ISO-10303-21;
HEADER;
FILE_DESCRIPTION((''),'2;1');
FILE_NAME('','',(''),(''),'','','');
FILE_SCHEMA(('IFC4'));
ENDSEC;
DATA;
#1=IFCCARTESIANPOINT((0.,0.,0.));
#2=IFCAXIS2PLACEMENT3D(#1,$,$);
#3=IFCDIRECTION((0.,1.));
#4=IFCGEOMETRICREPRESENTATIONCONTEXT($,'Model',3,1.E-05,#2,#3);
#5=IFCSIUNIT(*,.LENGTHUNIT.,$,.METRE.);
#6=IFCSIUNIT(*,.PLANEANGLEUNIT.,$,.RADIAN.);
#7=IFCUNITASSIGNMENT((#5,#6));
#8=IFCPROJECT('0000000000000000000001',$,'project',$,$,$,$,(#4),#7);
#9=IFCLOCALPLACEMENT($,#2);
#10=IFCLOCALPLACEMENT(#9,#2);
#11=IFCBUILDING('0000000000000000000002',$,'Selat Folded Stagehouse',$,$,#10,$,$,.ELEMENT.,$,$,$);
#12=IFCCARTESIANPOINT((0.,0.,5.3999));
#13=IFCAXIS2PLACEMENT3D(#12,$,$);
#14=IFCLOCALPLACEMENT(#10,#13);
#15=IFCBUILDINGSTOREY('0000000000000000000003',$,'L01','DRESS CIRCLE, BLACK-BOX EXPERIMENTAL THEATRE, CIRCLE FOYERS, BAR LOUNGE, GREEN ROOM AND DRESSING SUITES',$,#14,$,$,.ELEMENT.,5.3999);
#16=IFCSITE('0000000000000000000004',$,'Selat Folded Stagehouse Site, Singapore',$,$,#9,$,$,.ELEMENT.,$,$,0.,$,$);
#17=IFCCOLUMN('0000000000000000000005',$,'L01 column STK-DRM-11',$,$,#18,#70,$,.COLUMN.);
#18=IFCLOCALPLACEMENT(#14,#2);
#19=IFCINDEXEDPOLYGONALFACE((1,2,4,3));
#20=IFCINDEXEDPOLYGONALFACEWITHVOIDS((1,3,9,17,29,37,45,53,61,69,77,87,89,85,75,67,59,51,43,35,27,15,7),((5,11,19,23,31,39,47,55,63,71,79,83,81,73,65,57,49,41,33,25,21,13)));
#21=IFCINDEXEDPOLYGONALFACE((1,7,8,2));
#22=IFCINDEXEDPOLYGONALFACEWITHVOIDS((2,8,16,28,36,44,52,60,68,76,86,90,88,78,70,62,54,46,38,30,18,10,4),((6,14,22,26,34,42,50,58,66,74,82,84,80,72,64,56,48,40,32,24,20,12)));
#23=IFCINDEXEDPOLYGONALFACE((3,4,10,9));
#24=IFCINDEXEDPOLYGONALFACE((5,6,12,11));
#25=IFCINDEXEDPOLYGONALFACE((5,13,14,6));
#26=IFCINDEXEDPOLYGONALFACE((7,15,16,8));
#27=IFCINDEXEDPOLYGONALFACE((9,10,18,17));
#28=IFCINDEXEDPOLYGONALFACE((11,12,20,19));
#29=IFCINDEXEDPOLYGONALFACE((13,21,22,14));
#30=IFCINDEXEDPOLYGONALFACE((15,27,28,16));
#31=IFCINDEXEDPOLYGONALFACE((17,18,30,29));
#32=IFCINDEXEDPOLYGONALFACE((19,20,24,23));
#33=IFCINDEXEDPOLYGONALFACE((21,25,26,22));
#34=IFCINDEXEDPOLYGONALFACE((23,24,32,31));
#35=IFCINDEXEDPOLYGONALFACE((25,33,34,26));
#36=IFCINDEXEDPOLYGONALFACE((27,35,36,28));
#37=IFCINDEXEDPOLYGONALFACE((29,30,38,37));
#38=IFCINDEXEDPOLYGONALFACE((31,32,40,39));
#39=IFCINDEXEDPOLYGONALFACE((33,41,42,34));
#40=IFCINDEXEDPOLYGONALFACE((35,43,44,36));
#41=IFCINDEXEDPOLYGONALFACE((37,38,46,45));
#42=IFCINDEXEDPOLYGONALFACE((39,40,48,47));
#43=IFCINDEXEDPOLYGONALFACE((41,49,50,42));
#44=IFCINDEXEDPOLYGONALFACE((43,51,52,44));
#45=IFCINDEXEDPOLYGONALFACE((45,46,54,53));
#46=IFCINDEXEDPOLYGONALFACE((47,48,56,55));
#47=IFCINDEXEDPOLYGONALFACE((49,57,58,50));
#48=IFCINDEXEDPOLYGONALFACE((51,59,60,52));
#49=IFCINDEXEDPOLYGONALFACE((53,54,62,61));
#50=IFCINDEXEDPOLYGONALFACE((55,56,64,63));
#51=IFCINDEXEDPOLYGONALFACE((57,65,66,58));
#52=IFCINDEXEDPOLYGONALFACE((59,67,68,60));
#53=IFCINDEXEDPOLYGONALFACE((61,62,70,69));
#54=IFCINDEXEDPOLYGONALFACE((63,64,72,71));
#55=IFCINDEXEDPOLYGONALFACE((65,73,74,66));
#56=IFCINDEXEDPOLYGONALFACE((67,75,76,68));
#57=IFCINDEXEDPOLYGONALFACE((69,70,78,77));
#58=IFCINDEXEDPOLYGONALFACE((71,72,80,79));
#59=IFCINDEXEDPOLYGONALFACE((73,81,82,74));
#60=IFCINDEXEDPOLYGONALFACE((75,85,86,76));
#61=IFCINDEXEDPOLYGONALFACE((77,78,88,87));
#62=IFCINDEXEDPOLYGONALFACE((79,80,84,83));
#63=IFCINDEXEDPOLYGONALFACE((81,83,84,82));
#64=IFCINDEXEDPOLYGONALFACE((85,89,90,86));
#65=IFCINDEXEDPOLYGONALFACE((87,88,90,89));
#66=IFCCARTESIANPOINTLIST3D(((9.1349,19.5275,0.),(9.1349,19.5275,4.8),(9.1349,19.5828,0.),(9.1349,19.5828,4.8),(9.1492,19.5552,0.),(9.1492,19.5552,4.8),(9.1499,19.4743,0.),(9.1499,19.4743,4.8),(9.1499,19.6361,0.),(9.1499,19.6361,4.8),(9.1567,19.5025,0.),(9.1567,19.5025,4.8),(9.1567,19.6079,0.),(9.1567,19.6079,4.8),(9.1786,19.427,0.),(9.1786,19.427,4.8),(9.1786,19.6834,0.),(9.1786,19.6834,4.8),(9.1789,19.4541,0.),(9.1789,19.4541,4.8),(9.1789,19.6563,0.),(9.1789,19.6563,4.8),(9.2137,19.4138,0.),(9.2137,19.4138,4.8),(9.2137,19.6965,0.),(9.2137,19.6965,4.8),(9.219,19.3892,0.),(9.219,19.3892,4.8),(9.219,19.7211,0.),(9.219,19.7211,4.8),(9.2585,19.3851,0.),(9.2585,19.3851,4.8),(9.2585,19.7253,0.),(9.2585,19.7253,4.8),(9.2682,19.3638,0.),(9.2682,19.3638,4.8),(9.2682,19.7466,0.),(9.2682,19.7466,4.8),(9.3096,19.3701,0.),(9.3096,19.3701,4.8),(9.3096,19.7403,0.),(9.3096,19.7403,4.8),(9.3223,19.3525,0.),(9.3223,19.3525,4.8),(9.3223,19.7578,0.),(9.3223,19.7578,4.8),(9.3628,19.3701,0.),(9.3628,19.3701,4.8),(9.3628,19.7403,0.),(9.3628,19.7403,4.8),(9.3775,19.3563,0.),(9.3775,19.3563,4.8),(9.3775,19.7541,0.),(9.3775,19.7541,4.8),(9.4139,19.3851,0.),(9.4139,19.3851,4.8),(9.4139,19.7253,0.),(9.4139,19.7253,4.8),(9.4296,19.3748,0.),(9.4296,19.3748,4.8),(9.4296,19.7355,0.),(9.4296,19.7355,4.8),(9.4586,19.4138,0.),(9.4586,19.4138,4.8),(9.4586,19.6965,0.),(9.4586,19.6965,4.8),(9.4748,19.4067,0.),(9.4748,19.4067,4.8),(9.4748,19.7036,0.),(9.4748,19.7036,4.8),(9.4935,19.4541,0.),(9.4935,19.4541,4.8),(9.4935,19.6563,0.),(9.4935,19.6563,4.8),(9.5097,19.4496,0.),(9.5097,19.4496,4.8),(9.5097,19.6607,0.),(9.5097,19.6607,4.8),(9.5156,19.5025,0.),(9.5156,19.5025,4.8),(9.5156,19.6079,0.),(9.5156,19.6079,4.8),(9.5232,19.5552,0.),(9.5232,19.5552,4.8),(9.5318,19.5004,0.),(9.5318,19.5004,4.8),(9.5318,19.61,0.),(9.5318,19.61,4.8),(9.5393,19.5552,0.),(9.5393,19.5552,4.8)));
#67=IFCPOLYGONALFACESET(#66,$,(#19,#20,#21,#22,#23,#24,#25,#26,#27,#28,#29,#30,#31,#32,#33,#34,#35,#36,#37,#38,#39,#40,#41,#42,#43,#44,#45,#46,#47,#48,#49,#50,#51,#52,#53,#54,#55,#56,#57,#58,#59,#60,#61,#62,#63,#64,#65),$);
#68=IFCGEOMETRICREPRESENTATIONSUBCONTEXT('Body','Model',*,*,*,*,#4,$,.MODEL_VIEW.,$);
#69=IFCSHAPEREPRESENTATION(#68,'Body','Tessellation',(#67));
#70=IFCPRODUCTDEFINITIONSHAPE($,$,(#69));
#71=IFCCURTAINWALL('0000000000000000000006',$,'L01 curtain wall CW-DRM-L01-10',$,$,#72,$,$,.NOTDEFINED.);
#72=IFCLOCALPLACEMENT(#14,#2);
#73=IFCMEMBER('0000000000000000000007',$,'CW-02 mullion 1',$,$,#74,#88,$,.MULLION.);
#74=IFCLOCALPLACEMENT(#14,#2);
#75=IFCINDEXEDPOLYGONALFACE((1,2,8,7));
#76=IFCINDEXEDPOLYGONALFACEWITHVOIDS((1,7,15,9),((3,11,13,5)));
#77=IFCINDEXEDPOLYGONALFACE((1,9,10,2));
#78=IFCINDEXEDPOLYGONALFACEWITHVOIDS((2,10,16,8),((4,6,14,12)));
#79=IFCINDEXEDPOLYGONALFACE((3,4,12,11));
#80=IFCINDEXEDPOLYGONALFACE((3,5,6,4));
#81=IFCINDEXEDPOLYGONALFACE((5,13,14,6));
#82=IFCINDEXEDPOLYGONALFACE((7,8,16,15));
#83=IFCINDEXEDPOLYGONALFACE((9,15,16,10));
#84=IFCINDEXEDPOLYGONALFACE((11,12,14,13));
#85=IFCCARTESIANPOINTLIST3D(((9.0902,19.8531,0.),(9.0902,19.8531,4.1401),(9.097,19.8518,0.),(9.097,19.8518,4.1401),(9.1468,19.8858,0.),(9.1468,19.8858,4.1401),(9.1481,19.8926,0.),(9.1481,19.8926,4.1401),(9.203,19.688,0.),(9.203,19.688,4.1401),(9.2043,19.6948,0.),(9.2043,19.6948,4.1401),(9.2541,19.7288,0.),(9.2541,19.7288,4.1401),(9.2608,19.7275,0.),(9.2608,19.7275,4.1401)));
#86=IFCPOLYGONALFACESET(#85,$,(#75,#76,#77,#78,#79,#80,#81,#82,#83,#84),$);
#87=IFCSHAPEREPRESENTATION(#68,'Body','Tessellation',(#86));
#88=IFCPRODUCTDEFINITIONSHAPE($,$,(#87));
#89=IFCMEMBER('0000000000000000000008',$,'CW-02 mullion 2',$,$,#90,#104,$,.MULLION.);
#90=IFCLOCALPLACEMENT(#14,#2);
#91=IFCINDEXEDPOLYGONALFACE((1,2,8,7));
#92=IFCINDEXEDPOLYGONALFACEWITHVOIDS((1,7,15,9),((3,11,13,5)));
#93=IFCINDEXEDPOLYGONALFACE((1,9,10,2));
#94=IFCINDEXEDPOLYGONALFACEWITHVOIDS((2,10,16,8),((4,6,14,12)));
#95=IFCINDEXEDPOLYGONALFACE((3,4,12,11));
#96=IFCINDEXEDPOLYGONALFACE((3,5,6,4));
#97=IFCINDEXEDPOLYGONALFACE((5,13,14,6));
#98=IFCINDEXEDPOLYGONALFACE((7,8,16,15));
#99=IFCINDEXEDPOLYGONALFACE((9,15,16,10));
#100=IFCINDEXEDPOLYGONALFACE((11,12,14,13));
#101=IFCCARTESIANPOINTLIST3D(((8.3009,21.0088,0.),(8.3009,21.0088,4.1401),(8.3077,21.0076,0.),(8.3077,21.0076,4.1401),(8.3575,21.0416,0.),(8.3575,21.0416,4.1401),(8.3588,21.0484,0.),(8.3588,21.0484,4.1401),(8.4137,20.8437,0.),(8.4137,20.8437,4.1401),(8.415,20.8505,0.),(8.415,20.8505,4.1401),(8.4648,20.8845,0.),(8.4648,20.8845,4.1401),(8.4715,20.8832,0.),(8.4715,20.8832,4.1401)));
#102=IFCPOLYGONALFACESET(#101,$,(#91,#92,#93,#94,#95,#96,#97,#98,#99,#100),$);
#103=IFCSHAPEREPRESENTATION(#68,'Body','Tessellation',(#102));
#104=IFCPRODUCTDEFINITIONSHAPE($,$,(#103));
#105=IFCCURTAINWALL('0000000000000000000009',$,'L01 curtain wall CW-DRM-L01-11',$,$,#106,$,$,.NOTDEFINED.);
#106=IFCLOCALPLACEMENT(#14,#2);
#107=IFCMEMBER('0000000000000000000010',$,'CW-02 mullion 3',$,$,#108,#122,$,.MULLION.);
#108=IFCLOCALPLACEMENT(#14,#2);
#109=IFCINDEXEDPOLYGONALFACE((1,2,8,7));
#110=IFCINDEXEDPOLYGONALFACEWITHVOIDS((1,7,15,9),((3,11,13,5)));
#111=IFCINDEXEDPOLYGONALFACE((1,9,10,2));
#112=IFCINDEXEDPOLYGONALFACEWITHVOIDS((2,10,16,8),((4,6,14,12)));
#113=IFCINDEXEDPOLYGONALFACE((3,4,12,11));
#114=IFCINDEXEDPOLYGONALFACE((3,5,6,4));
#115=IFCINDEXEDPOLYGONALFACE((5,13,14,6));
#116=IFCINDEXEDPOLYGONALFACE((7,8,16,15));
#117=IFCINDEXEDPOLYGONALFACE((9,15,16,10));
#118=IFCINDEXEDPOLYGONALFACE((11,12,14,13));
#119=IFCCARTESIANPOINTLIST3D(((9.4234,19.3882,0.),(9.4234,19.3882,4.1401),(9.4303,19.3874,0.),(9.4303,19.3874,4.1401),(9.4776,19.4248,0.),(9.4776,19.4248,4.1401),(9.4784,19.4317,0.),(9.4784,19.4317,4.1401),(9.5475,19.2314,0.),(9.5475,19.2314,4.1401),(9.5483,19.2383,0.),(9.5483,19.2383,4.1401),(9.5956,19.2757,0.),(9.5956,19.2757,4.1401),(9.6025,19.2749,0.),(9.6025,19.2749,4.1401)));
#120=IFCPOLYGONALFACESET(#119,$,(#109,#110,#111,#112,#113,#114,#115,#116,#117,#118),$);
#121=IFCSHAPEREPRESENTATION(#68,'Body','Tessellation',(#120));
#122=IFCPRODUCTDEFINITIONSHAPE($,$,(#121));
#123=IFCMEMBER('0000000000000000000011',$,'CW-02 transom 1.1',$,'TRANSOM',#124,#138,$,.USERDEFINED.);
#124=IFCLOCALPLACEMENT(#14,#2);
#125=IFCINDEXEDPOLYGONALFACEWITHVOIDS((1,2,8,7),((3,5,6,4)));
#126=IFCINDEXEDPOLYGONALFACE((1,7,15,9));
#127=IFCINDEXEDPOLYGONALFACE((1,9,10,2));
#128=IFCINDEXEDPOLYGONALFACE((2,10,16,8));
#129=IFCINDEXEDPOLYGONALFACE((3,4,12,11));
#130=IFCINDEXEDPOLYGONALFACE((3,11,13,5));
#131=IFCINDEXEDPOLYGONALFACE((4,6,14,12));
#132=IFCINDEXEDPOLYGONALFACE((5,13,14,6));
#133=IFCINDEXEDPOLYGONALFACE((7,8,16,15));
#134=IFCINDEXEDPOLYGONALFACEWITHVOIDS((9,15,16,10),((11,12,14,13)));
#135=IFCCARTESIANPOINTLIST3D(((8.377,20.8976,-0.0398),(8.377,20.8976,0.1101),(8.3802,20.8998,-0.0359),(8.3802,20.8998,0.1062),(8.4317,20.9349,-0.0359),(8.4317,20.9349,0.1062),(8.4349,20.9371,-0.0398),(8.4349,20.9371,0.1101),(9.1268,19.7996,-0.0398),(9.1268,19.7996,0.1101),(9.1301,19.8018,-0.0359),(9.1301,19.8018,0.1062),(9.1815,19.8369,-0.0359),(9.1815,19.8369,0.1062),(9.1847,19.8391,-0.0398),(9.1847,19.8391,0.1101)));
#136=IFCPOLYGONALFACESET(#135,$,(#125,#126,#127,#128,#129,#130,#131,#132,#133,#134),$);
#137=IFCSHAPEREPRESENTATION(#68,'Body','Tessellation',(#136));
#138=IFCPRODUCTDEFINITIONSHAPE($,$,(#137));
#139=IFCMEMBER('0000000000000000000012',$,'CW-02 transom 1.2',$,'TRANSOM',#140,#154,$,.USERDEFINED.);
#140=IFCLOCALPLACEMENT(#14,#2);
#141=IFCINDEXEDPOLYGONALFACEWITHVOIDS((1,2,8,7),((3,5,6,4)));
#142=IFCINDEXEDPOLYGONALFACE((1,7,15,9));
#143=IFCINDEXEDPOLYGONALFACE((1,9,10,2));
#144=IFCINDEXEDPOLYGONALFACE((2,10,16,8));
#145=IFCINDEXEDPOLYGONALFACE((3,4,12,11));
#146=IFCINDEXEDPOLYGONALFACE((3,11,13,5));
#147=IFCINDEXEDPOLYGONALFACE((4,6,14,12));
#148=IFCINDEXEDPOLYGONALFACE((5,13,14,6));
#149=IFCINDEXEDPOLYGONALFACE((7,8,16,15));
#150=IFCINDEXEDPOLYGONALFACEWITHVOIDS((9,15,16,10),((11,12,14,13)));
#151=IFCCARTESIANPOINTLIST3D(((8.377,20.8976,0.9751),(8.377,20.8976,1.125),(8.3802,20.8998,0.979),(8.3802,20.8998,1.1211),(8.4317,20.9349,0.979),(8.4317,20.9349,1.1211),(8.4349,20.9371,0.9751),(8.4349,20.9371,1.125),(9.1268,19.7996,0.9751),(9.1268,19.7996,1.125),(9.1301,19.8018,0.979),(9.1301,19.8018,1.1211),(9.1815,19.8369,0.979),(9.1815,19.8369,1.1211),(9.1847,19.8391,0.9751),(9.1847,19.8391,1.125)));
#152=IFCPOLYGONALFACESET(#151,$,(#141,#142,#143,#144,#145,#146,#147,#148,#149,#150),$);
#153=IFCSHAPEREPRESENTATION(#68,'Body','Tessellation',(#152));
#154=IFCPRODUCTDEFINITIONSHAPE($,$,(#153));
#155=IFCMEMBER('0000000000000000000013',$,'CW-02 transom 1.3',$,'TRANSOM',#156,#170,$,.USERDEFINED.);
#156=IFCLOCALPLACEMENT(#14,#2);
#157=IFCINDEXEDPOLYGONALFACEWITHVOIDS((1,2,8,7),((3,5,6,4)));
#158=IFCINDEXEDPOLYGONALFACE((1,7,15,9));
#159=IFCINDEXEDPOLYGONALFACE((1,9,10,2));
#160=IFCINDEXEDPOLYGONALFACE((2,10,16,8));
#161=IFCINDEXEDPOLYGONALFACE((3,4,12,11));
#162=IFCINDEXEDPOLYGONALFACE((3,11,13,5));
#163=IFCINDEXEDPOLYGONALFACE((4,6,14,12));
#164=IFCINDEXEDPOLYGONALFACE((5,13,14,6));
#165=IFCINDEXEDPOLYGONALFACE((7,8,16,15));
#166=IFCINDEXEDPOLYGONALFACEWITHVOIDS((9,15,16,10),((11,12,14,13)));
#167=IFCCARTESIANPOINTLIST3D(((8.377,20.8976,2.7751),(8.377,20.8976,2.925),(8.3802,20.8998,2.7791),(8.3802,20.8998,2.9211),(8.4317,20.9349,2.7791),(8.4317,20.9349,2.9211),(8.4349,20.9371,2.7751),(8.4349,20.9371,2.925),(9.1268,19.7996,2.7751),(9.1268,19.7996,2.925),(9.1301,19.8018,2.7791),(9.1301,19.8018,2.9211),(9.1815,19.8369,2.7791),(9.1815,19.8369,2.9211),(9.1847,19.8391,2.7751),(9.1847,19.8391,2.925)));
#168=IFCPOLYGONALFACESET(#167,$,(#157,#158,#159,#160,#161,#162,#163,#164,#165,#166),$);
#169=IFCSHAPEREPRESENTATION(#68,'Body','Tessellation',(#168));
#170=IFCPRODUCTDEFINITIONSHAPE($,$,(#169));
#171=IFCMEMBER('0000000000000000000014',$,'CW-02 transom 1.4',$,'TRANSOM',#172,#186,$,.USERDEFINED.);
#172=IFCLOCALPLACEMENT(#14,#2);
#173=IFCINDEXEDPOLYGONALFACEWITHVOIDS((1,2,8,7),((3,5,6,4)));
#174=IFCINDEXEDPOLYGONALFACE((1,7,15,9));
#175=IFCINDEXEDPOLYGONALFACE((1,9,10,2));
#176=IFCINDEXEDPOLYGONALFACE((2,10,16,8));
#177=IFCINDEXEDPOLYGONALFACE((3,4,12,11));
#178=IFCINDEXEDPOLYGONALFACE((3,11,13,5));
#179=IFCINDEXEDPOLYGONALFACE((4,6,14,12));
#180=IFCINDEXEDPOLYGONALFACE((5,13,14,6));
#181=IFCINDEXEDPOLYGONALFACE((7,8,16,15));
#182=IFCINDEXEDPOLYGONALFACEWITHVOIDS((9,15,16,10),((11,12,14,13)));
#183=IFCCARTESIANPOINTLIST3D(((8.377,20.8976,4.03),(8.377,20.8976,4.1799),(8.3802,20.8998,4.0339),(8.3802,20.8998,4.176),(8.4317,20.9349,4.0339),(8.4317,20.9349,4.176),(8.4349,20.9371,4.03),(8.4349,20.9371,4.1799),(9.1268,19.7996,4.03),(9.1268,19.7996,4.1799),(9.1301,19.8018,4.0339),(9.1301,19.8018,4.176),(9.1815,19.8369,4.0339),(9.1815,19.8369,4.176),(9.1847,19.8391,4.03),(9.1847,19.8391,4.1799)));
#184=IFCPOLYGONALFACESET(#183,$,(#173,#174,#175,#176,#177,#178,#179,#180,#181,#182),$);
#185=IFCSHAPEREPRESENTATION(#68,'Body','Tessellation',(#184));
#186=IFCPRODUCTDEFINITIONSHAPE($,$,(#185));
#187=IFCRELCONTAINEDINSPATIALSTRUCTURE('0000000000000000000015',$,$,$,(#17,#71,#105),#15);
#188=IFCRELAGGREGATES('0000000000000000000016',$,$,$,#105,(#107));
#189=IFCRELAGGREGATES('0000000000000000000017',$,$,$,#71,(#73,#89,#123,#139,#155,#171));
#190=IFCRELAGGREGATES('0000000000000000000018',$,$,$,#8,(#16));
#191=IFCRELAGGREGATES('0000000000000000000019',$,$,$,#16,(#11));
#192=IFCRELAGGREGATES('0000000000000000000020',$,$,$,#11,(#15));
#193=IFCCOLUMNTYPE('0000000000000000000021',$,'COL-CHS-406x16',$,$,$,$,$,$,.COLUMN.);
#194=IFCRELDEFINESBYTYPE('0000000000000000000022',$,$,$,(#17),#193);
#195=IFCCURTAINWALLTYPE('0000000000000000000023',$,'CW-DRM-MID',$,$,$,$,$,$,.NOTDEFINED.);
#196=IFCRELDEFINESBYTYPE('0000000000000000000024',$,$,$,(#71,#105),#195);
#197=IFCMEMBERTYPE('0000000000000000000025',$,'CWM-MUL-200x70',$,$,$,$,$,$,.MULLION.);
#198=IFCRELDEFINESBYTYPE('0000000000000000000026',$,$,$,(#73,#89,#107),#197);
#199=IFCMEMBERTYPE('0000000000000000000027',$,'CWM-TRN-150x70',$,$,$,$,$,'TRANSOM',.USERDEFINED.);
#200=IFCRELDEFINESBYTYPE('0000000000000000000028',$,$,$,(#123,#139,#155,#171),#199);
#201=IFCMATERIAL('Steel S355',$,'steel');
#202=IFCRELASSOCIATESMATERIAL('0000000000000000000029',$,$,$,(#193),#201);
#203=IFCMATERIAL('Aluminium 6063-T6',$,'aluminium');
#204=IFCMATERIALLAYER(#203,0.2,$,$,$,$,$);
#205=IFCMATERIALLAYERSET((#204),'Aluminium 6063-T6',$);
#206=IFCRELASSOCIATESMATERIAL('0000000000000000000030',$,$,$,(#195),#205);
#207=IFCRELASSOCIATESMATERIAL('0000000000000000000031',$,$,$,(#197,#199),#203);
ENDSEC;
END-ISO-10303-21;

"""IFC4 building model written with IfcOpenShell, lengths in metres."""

from ifc_helpers import new_model, si_unit, direction, frame, origin, origin_2d, place, context, subcontext, project, spatial, hollow_rectangle, hollow_circle, extrude, material, layer, layer_set, material_profile, profile_set, type_object, element, aggregate, save


model = new_model("IFC4")

# Units and contexts
model_context = context("Model", 3, precision=1e-05, world=origin(), true_north=direction((0.0, 1.0)))
body_context = subcontext(model_context, "Body", "Model", "MODEL_VIEW")
ifc_project = project(units=[si_unit("LENGTHUNIT", "METRE"), si_unit("PLANEANGLEUNIT", "RADIAN")], contexts=[model_context])

# Site, building, storey
site_placement = place(None, origin())
site = spatial("IfcSite", under=ifc_project, at=site_placement, Name="Selat Folded Stagehouse Site, Singapore", CompositionType="ELEMENT", RefElevation=0.0)
building_placement = place(site_placement, origin())
building = spatial("IfcBuilding", under=site, at=building_placement, Name="Selat Folded Stagehouse", CompositionType="ELEMENT")
storey_placement = place(building_placement, frame((0.0, 0.0, 5.3999)))
storey = spatial("IfcBuildingStorey", under=building, at=storey_placement, Name="L01", Description="DRESS CIRCLE, BLACK-BOX EXPERIMENTAL THEATRE, CIRCLE FOYERS, BAR LOUNGE, GREEN ROOM AND DRESSING SUITES", CompositionType="ELEMENT", Elevation=5.3999)

# Column
ifc_material_1 = material(Name="Steel S355", Category="steel")
ifc_material_profile_1 = material_profile(ifc_material_1, hollow_circle(Radius=0.2031, WallThickness=0.0161, at=origin_2d()), Name="CHS 406.4x16.0")
ifc_profile_set_1 = profile_set([ifc_material_profile_1], Name="Steel S355")
column_type = type_object("IfcColumnType", Name="COL-CHS-406x16", PredefinedType="COLUMN", material=ifc_profile_set_1)
column_placement = place(storey_placement, frame((9.3362, 19.5552, 0.0), z_axis=(0.0, 0.0, 1.0), x_axis=(1.0, 0.0, 0.0)))
element("IfcColumn", 1, at=column_placement, inside=storey, type_object=column_type, Name="L01 column STK-DRM-11", PredefinedType="COLUMN", context=body_context, shape_type="SweptSolid", body=[
    extrude(hollow_circle(Radius=0.2031, WallThickness=0.0161, at=origin_2d()), origin(), (0.0, 0.0, 1.0), 4.8),
])

# Curtain wall, members
ifc_material_2 = material(Name="Aluminium 6063-T6", Category="aluminium")
ifc_layer_1 = layer(ifc_material_2, 0.2)
ifc_layer_set_1 = layer_set([ifc_layer_1], Name="Aluminium 6063-T6")
curtain_wall_type = type_object("IfcCurtainWallType", Name="CW-DRM-MID", PredefinedType="NOTDEFINED", material=ifc_layer_set_1)
curtain_wall_1_placement = place(storey_placement, origin())
curtain_wall_1 = element("IfcCurtainWall", 2, at=curtain_wall_1_placement, inside=storey, type_object=curtain_wall_type, Name="L01 curtain wall CW-DRM-L01-10", PredefinedType="NOTDEFINED")
ifc_material_profile_2 = material_profile(ifc_material_2, hollow_rectangle(XDim=0.0701, YDim=0.2, WallThickness=0.0049, at=origin_2d()), Name="ALU 200x70x5.0")
ifc_profile_set_2 = profile_set([ifc_material_profile_2], Name="Aluminium 6063-T6")
member_type_1 = type_object("IfcMemberType", Name="CWM-MUL-200x70", PredefinedType="MULLION", material=ifc_profile_set_2)
member_1_placement = place(storey_placement, frame((9.1755, 19.7903, 0.0), z_axis=(0.0, 0.0, 1.0), x_axis=(-0.82581, -0.563948, 0.0)))
member_1 = element("IfcMember", 3, at=member_1_placement, type_object=member_type_1, Name="CW-02 mullion 1", PredefinedType="MULLION", context=body_context, shape_type="SweptSolid", body=[
    extrude(hollow_rectangle(XDim=0.0701, YDim=0.2, WallThickness=0.0049, at=origin_2d()), origin(), (0.0, 0.0, 1.0), 4.1401),
])
member_2_placement = place(storey_placement, frame((8.3862, 20.946, 0.0), z_axis=(0.0, 0.0, 1.0), x_axis=(-0.82581, -0.563948, 0.0)))
member_2 = element("IfcMember", 4, at=member_2_placement, type_object=member_type_1, Name="CW-02 mullion 2", PredefinedType="MULLION", context=body_context, shape_type="SweptSolid", body=[
    extrude(hollow_rectangle(XDim=0.0701, YDim=0.2, WallThickness=0.0049, at=origin_2d()), origin(), (0.0, 0.0, 1.0), 4.1401),
])

# Curtain wall, member
curtain_wall_2_placement = place(storey_placement, origin())
curtain_wall_2 = element("IfcCurtainWall", 5, at=curtain_wall_2_placement, inside=storey, type_object=curtain_wall_type, Name="L01 curtain wall CW-DRM-L01-11", PredefinedType="NOTDEFINED")
member_3_placement = place(storey_placement, frame((9.5129, 19.3315, 0.0), z_axis=(0.0, 0.0, 1.0), x_axis=(-0.78418, -0.620533, 0.0)))
member_3 = element("IfcMember", 6, at=member_3_placement, type_object=member_type_1, Name="CW-02 mullion 3", PredefinedType="MULLION", context=body_context, shape_type="SweptSolid", body=[
    extrude(hollow_rectangle(XDim=0.0701, YDim=0.2, WallThickness=0.0049, at=origin_2d()), origin(), (0.0, 0.0, 1.0), 4.1401),
])
aggregate(curtain_wall_2, [member_3])

# Members
ifc_material_profile_3 = material_profile(ifc_material_2, hollow_rectangle(XDim=0.0701, YDim=0.1499, WallThickness=0.0039, at=origin_2d()), Name="ALU 150x70x4.0")
ifc_profile_set_3 = profile_set([ifc_material_profile_3], Name="Aluminium 6063-T6")
member_type_2 = type_object("IfcMemberType", Name="CWM-TRN-150x70", ElementType="TRANSOM", PredefinedType="USERDEFINED", material=ifc_profile_set_3)
member_4_placement = place(storey_placement, frame((9.1558, 19.8193, 0.0352), z_axis=(-0.563946, 0.825811, 0.0), x_axis=(-0.825811, -0.563946, 0.0)))
member_4 = element("IfcMember", 7, at=member_4_placement, type_object=member_type_2, Name="CW-02 transom 1.1", ObjectType="TRANSOM", PredefinedType="USERDEFINED", context=body_context, shape_type="SweptSolid", body=[
    extrude(hollow_rectangle(XDim=0.0701, YDim=0.1499, WallThickness=0.0039, at=origin_2d()), origin(), (0.0, 0.0, 1.0), 1.3296),
])
member_5_placement = place(storey_placement, frame((9.1558, 19.8193, 1.05), z_axis=(-0.563946, 0.825811, 0.0), x_axis=(-0.825811, -0.563946, 0.0)))
member_5 = element("IfcMember", 8, at=member_5_placement, type_object=member_type_2, Name="CW-02 transom 1.2", ObjectType="TRANSOM", PredefinedType="USERDEFINED", context=body_context, shape_type="SweptSolid", body=[
    extrude(hollow_rectangle(XDim=0.0701, YDim=0.1499, WallThickness=0.0039, at=origin_2d()), origin(), (0.0, 0.0, 1.0), 1.3296),
])
member_6_placement = place(storey_placement, frame((9.1558, 19.8193, 2.8501), z_axis=(-0.563946, 0.825811, 0.0), x_axis=(-0.825811, -0.563946, 0.0)))
member_6 = element("IfcMember", 9, at=member_6_placement, type_object=member_type_2, Name="CW-02 transom 1.3", ObjectType="TRANSOM", PredefinedType="USERDEFINED", context=body_context, shape_type="SweptSolid", body=[
    extrude(hollow_rectangle(XDim=0.0701, YDim=0.1499, WallThickness=0.0039, at=origin_2d()), origin(), (0.0, 0.0, 1.0), 1.3296),
])
member_7_placement = place(storey_placement, frame((9.1558, 19.8193, 4.105), z_axis=(-0.563946, 0.825811, 0.0), x_axis=(-0.825811, -0.563946, 0.0)))
member_7 = element("IfcMember", 10, at=member_7_placement, type_object=member_type_2, Name="CW-02 transom 1.4", ObjectType="TRANSOM", PredefinedType="USERDEFINED", context=body_context, shape_type="SweptSolid", body=[
    extrude(hollow_rectangle(XDim=0.0701, YDim=0.1499, WallThickness=0.0039, at=origin_2d()), origin(), (0.0, 0.0, 1.0), 1.3296),
])

aggregate(curtain_wall_1, [member_1, member_2, member_4, member_5, member_6, member_7])

save(model, "model.ifc")
